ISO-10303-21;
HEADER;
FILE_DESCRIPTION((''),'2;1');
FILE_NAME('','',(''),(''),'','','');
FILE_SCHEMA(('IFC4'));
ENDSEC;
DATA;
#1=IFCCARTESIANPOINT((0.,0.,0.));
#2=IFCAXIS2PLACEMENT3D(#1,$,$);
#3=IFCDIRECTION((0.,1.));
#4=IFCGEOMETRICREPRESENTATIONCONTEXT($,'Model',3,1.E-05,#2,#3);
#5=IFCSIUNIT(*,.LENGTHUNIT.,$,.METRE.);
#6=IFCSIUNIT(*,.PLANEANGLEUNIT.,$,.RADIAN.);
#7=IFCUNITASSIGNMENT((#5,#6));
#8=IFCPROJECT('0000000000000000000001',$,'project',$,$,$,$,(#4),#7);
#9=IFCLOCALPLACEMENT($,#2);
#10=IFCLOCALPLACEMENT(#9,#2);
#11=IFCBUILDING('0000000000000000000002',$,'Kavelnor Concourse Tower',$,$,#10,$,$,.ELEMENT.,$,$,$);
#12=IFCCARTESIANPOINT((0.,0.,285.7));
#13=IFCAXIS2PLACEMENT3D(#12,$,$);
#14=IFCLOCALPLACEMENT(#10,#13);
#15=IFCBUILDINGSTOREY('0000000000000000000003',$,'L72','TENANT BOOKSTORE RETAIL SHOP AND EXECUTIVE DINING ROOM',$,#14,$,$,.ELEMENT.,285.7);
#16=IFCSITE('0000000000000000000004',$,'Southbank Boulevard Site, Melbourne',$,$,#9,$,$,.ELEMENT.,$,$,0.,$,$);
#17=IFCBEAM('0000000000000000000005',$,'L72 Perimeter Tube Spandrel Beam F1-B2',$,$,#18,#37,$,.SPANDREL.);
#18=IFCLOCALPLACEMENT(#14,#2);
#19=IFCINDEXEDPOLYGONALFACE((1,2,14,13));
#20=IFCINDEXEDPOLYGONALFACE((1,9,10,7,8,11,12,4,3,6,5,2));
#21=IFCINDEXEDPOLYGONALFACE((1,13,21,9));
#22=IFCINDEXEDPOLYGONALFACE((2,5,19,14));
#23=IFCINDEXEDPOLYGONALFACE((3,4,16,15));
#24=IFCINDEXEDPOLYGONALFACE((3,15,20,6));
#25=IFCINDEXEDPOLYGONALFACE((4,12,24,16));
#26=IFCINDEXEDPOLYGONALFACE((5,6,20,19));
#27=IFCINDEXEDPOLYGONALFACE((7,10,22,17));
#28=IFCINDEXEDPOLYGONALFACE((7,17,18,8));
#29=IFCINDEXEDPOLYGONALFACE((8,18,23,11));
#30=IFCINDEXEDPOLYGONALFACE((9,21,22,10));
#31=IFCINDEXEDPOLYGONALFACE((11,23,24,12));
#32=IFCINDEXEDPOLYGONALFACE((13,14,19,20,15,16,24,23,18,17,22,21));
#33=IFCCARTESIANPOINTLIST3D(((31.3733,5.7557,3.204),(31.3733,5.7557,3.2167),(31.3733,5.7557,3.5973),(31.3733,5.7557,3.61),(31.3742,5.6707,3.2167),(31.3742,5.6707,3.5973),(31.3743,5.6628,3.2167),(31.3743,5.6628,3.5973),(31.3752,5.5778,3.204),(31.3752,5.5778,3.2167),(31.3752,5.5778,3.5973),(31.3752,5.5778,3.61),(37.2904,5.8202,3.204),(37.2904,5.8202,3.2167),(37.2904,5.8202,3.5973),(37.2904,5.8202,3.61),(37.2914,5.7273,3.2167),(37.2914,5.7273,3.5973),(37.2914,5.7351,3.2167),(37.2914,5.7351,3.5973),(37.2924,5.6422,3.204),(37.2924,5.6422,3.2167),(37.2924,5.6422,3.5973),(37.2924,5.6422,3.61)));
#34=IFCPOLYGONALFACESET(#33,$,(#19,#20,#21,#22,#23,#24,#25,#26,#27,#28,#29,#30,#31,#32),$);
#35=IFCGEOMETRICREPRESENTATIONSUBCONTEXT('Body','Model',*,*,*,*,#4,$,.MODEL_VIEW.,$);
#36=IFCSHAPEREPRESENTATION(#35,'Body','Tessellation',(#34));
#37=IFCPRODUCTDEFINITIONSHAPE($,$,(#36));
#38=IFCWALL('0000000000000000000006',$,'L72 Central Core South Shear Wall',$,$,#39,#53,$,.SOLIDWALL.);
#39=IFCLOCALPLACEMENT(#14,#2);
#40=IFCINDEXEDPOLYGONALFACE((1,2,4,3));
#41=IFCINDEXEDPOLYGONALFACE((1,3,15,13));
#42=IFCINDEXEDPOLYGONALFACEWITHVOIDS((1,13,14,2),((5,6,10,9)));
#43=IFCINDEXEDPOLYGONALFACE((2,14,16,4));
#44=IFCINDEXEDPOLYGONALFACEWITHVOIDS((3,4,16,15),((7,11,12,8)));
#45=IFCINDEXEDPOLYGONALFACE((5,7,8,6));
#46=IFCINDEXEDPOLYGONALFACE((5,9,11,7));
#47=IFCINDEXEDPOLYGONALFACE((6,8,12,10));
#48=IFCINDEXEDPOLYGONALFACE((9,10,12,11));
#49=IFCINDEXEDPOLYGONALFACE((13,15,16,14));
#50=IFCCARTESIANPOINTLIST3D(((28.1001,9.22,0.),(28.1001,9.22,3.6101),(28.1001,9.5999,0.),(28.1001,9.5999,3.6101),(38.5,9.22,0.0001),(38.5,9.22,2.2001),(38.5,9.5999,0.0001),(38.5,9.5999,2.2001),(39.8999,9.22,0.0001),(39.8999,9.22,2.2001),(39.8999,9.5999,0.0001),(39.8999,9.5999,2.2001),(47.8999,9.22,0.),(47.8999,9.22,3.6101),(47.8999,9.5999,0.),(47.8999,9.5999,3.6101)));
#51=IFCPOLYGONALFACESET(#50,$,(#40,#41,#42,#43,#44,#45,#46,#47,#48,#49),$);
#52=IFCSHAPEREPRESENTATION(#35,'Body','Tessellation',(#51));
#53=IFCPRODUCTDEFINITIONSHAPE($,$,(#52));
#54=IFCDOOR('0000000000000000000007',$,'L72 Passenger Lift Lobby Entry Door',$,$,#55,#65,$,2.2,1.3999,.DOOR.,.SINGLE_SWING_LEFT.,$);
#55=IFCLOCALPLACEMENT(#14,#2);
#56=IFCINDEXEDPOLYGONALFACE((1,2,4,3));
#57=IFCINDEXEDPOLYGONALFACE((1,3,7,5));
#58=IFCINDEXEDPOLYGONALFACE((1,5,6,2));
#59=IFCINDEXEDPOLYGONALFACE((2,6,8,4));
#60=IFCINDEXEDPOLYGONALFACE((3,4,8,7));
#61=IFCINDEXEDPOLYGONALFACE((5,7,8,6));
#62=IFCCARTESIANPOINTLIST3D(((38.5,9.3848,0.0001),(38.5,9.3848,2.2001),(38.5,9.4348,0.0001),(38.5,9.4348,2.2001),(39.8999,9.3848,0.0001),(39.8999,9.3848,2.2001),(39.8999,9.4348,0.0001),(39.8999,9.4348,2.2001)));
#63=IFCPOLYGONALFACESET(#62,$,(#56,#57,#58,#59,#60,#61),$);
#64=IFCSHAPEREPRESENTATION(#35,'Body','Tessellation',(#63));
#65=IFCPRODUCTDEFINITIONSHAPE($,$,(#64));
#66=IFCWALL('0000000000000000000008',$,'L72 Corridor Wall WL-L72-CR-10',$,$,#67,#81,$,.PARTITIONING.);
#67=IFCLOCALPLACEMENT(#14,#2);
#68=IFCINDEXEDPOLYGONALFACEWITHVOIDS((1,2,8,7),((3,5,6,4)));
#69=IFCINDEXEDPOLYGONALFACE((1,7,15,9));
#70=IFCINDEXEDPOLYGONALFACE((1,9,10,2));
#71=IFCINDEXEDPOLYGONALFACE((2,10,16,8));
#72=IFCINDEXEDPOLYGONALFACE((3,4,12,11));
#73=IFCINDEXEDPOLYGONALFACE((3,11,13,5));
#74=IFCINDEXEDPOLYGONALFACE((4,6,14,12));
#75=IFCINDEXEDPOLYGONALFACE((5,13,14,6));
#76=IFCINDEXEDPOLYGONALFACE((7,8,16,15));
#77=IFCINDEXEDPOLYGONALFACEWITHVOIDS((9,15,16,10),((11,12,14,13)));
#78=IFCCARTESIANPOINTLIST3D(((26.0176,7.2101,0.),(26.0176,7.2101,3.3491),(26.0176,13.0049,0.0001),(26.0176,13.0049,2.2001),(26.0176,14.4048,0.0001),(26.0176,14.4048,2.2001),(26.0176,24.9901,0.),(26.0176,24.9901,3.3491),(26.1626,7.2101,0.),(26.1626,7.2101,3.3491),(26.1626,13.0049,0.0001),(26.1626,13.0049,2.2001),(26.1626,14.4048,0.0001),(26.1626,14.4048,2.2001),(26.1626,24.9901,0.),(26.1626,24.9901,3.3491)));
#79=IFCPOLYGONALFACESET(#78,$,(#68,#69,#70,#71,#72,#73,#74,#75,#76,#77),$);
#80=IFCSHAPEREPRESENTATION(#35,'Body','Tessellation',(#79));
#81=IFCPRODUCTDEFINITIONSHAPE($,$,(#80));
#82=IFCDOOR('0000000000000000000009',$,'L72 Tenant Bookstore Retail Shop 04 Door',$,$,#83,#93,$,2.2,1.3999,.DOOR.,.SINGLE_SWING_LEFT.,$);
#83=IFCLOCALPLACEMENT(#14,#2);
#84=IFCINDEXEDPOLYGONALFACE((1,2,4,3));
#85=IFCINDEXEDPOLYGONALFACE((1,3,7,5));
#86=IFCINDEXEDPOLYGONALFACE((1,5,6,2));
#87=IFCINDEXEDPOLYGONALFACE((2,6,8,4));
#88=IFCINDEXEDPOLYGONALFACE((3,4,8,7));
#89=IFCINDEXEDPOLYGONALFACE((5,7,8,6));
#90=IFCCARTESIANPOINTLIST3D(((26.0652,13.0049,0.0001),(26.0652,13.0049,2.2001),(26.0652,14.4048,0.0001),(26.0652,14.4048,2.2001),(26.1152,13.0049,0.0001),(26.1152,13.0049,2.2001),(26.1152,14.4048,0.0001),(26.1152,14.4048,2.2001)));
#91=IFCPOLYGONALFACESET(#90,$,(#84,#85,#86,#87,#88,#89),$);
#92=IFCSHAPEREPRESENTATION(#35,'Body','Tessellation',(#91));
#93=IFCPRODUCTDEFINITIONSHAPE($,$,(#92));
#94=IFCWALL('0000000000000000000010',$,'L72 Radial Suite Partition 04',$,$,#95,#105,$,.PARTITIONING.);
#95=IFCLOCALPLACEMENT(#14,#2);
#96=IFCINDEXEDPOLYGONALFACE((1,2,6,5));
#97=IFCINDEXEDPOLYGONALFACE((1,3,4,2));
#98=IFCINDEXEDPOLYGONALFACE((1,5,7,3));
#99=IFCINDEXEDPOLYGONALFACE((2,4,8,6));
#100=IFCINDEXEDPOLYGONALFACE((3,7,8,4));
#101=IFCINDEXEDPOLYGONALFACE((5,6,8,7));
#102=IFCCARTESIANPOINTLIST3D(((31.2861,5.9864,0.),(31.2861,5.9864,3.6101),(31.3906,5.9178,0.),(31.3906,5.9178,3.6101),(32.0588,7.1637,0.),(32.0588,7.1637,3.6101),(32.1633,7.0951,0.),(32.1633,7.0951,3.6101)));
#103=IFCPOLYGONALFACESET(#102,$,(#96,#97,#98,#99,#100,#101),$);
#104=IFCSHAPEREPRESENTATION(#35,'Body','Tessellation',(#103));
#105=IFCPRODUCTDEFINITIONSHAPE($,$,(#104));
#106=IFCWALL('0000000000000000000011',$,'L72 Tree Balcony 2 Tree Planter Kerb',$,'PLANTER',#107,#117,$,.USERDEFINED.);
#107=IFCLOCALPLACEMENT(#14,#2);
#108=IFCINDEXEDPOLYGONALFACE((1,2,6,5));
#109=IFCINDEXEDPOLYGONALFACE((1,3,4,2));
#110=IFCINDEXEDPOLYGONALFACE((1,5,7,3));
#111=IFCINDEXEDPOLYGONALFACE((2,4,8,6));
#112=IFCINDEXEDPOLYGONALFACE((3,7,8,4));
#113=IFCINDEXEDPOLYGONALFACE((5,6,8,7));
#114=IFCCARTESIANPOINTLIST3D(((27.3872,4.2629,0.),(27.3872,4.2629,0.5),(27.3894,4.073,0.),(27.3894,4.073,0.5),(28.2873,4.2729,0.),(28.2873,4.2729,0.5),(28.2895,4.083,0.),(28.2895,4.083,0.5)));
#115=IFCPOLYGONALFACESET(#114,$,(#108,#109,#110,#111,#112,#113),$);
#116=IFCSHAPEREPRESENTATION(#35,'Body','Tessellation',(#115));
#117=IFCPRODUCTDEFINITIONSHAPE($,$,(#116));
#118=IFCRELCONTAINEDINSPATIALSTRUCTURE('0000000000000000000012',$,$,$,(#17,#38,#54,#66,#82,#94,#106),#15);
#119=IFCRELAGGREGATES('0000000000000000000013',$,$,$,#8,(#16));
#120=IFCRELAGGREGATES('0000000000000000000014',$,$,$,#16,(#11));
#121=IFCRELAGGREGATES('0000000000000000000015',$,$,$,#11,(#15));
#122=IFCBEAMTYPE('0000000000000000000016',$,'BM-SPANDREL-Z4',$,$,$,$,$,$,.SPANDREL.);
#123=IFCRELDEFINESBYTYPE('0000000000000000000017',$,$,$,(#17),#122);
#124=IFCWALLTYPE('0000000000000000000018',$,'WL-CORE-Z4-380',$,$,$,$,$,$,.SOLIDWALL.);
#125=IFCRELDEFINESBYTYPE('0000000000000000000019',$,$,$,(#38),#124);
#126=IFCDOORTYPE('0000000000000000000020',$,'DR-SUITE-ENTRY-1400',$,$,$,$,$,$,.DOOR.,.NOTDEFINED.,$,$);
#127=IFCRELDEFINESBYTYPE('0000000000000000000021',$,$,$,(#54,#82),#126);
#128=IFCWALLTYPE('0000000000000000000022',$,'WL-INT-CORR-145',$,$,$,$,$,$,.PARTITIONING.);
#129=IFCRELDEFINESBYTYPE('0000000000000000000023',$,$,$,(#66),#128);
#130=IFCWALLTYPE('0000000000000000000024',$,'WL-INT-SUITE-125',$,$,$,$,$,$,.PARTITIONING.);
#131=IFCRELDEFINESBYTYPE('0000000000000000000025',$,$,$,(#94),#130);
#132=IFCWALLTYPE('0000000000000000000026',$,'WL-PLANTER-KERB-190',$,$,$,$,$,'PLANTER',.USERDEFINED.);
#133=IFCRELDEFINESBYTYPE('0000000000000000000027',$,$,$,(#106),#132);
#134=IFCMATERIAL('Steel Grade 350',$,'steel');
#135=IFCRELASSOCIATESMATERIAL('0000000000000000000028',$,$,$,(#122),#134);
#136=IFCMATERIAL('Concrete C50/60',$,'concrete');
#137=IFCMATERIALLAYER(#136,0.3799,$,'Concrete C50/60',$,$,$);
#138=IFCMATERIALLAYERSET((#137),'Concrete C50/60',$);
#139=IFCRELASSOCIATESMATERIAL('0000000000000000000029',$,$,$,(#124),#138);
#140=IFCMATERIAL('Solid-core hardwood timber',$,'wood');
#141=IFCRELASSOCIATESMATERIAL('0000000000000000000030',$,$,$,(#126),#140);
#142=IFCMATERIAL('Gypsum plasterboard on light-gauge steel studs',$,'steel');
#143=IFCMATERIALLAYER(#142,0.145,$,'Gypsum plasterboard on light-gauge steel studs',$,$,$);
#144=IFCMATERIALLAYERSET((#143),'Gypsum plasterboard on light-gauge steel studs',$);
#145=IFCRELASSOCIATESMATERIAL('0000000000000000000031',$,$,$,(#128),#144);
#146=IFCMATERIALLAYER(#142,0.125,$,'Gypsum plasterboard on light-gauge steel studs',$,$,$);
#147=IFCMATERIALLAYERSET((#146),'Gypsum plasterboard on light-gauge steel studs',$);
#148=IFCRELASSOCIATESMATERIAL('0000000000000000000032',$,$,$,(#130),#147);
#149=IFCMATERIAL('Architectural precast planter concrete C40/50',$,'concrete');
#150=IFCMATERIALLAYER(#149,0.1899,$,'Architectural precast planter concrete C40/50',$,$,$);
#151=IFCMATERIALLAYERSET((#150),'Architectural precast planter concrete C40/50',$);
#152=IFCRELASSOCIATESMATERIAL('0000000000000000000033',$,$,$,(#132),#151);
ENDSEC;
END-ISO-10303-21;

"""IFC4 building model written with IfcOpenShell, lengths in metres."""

from ifc_helpers import new_model, si_unit, direction, frame, frame_2d, origin, origin_2d, place, context, subcontext, project, spatial, rectangle, i_section, extrude, material, layer, layer_set, material_profile, profile_set, type_object, element, fill, save


model = new_model("IFC4")

# Units and contexts
model_context = context("Model", 3, precision=1e-05, world=origin(), true_north=direction((0.0, 1.0)))
body_context = subcontext(model_context, "Body", "Model", "MODEL_VIEW")
ifc_project = project(units=[si_unit("LENGTHUNIT", "METRE"), si_unit("PLANEANGLEUNIT", "RADIAN")], contexts=[model_context])

# Site, building, storey
site_placement = place(None, origin())
site = spatial("IfcSite", under=ifc_project, at=site_placement, Name="Southbank Boulevard Site, Melbourne", CompositionType="ELEMENT", RefElevation=0.0)
building_placement = place(site_placement, origin())
building = spatial("IfcBuilding", under=site, at=building_placement, Name="Kavelnor Concourse Tower", CompositionType="ELEMENT")
storey_placement = place(building_placement, frame((0.0, 0.0, 285.7)))
storey = spatial("IfcBuildingStorey", under=building, at=storey_placement, Name="L72", Description="TENANT BOOKSTORE RETAIL SHOP AND EXECUTIVE DINING ROOM", CompositionType="ELEMENT", Elevation=285.7)

# Shared definitions
ifc_material_1 = material(Name="Steel Grade 350", Category="steel")

# Beam
ifc_material_profile_1 = material_profile(ifc_material_1, i_section(OverallWidth=0.178, OverallDepth=0.406, WebThickness=0.0078, FlangeThickness=0.0127, at=origin_2d()), Name="410UB59")
ifc_profile_set_1 = profile_set([ifc_material_profile_1], Name="Steel Grade 350")
beam_type_1 = type_object("IfcBeamType", Name="BM-SPANDREL-Z4", PredefinedType="SPANDREL", material=ifc_profile_set_1)
beam_1_placement = place(storey_placement, frame((31.3743, 5.6667, 3.407), z_axis=(0.999941, 0.010892, 0.0), x_axis=(-0.010892, 0.999941, 0.0)))
element("IfcBeam", 1, at=beam_1_placement, inside=storey, type_object=beam_type_1, Name="L72 Perimeter Tube Spandrel Beam F1-B2", PredefinedType="SPANDREL", context=body_context, shape_type="SweptSolid", body=[
    extrude(i_section(OverallWidth=0.178, OverallDepth=0.406, WebThickness=0.0078, FlangeThickness=0.0127, at=origin_2d()), origin(), (0.0, 0.0, 1.0), 5.9175),
])

# Walls, openings, doors
ifc_material_2 = material(Name="Concrete C50/60", Category="concrete")
ifc_layer_1 = layer(ifc_material_2, 0.3799, Name="Concrete C50/60")
ifc_layer_set_1 = layer_set([ifc_layer_1], Name="Concrete C50/60")
wall_type_1 = type_object("IfcWallType", Name="WL-CORE-Z4-380", PredefinedType="SOLIDWALL", material=ifc_layer_set_1)
wall_1_placement = place(storey_placement, frame((28.1001, 9.4099, 0.0), z_axis=(0.0, 0.0, 1.0), x_axis=(1.0, 0.0, 0.0)))
wall_1 = element("IfcWall", 2, at=wall_1_placement, inside=storey, type_object=wall_type_1, Name="L72 Central Core South Shear Wall", PredefinedType="SOLIDWALL", context=body_context, shape_type="SweptSolid", body=[
    extrude(rectangle(XDim=19.7998, YDim=0.3799, at=frame_2d((9.8999, 0.0))), origin(), (0.0, 0.0, 1.0), 3.6101),
])
opening_1_placement = place(wall_1_placement, frame((10.3999, 0.0, 0.0)))
opening_1 = element("IfcOpeningElement", 3, at=opening_1_placement, cuts=wall_1, PredefinedType="OPENING", context=body_context, shape_type="SweptSolid", body=[
    extrude(rectangle(XDim=1.3999, YDim=2.2, at=frame_2d((0.7, 1.1001))), frame((0.0, 0.2, 0.0), z_axis=(0.0, -1.0, 0.0), x_axis=(1.0, 0.0, 0.0)), (0.0, 0.0, 1.0), 0.3999),
])
ifc_material_3 = material(Name="Solid-core hardwood timber", Category="wood")
door_type = type_object("IfcDoorType", Name="DR-SUITE-ENTRY-1400", OperationType="NOTDEFINED", PredefinedType="DOOR", material=ifc_material_3)
door_1_placement = place(opening_1_placement, origin())
door_1 = element("IfcDoor", 4, at=door_1_placement, inside=storey, type_object=door_type, Name="L72 Passenger Lift Lobby Entry Door", OperationType="SINGLE_SWING_LEFT", OverallHeight=2.2, OverallWidth=1.3999, PredefinedType="DOOR", context=body_context, shape_type="SweptSolid", body=[
    extrude(rectangle(XDim=1.3999, YDim=2.2, at=frame_2d((0.7, 1.1001))), frame((0.0, 0.0249, 0.0), z_axis=(0.0, -1.0, 0.0), x_axis=(1.0, 0.0, 0.0)), (0.0, 0.0, 1.0), 0.05),
])
fill(opening_1, door_1)
ifc_material_4 = material(Name="Gypsum plasterboard on light-gauge steel studs", Category="steel")
ifc_layer_2 = layer(ifc_material_4, 0.145, Name="Gypsum plasterboard on light-gauge steel studs")
ifc_layer_set_2 = layer_set([ifc_layer_2], Name="Gypsum plasterboard on light-gauge steel studs")
wall_type_2 = type_object("IfcWallType", Name="WL-INT-CORR-145", PredefinedType="PARTITIONING", material=ifc_layer_set_2)
wall_2_placement = place(storey_placement, frame((26.0901, 7.21, 0.0), z_axis=(0.0, 0.0, 1.0), x_axis=(0.0, 1.0, 0.0)))
wall_2 = element("IfcWall", 5, at=wall_2_placement, inside=storey, type_object=wall_type_2, Name="L72 Corridor Wall WL-L72-CR-10", PredefinedType="PARTITIONING", context=body_context, shape_type="SweptSolid", body=[
    extrude(rectangle(XDim=17.78, YDim=0.145, at=frame_2d((8.8901, 0.0))), origin(), (0.0, 0.0, 1.0), 3.3491),
])
opening_2_placement = place(wall_2_placement, frame((5.7949, 0.0, 0.0)))
opening_2 = element("IfcOpeningElement", 6, at=opening_2_placement, cuts=wall_2, PredefinedType="OPENING", context=body_context, shape_type="SweptSolid", body=[
    extrude(rectangle(XDim=1.3999, YDim=2.2, at=frame_2d((0.7, 1.1001))), frame((0.0, 0.0825, 0.0), z_axis=(0.0, -1.0, 0.0), x_axis=(1.0, 0.0, 0.0)), (0.0, 0.0, 1.0), 0.165),
])
door_2_placement = place(opening_2_placement, origin())
door_2 = element("IfcDoor", 7, at=door_2_placement, inside=storey, type_object=door_type, Name="L72 Tenant Bookstore Retail Shop 04 Door", OperationType="SINGLE_SWING_LEFT", OverallHeight=2.2, OverallWidth=1.3999, PredefinedType="DOOR", context=body_context, shape_type="SweptSolid", body=[
    extrude(rectangle(XDim=1.3999, YDim=2.2, at=frame_2d((0.7, 1.1001))), frame((0.0, 0.0249, 0.0), z_axis=(0.0, -1.0, 0.0), x_axis=(1.0, 0.0, 0.0)), (0.0, 0.0, 1.0), 0.05),
])
fill(opening_2, door_2)

# Walls
ifc_layer_3 = layer(ifc_material_4, 0.125, Name="Gypsum plasterboard on light-gauge steel studs")
ifc_layer_set_3 = layer_set([ifc_layer_3], Name="Gypsum plasterboard on light-gauge steel studs")
wall_type_3 = type_object("IfcWallType", Name="WL-INT-SUITE-125", PredefinedType="PARTITIONING", material=ifc_layer_set_3)
wall_3_placement = place(storey_placement, frame((32.1111, 7.1294, 0.0), z_axis=(0.0, 0.0, 1.0), x_axis=(-0.548725, -0.836003, 0.0)))
element("IfcWall", 8, at=wall_3_placement, inside=storey, type_object=wall_type_3, Name="L72 Radial Suite Partition 04", PredefinedType="PARTITIONING", context=body_context, shape_type="SweptSolid", body=[
    extrude(rectangle(XDim=1.4082, YDim=0.125, at=frame_2d((0.7041, 0.0))), origin(), (0.0, 0.0, 1.0), 3.6101),
])
ifc_material_5 = material(Name="Architectural precast planter concrete C40/50", Category="concrete")
ifc_layer_4 = layer(ifc_material_5, 0.1899, Name="Architectural precast planter concrete C40/50")
ifc_layer_set_4 = layer_set([ifc_layer_4], Name="Architectural precast planter concrete C40/50")
wall_type_4 = type_object("IfcWallType", Name="WL-PLANTER-KERB-190", ElementType="PLANTER", PredefinedType="USERDEFINED", material=ifc_layer_set_4)
wall_4_placement = place(storey_placement, frame((27.3882, 4.168, 0.0), z_axis=(0.0, 0.0, 1.0), x_axis=(0.999938, 0.011119, 0.0)))
element("IfcWall", 9, at=wall_4_placement, inside=storey, type_object=wall_type_4, Name="L72 Tree Balcony 2 Tree Planter Kerb", ObjectType="PLANTER", PredefinedType="USERDEFINED", context=body_context, shape_type="SweptSolid", body=[
    extrude(rectangle(XDim=0.9001, YDim=0.1899, at=frame_2d((0.4502, 0.0))), origin(), (0.0, 0.0, 1.0), 0.5),
])

save(model, "model.ifc")
